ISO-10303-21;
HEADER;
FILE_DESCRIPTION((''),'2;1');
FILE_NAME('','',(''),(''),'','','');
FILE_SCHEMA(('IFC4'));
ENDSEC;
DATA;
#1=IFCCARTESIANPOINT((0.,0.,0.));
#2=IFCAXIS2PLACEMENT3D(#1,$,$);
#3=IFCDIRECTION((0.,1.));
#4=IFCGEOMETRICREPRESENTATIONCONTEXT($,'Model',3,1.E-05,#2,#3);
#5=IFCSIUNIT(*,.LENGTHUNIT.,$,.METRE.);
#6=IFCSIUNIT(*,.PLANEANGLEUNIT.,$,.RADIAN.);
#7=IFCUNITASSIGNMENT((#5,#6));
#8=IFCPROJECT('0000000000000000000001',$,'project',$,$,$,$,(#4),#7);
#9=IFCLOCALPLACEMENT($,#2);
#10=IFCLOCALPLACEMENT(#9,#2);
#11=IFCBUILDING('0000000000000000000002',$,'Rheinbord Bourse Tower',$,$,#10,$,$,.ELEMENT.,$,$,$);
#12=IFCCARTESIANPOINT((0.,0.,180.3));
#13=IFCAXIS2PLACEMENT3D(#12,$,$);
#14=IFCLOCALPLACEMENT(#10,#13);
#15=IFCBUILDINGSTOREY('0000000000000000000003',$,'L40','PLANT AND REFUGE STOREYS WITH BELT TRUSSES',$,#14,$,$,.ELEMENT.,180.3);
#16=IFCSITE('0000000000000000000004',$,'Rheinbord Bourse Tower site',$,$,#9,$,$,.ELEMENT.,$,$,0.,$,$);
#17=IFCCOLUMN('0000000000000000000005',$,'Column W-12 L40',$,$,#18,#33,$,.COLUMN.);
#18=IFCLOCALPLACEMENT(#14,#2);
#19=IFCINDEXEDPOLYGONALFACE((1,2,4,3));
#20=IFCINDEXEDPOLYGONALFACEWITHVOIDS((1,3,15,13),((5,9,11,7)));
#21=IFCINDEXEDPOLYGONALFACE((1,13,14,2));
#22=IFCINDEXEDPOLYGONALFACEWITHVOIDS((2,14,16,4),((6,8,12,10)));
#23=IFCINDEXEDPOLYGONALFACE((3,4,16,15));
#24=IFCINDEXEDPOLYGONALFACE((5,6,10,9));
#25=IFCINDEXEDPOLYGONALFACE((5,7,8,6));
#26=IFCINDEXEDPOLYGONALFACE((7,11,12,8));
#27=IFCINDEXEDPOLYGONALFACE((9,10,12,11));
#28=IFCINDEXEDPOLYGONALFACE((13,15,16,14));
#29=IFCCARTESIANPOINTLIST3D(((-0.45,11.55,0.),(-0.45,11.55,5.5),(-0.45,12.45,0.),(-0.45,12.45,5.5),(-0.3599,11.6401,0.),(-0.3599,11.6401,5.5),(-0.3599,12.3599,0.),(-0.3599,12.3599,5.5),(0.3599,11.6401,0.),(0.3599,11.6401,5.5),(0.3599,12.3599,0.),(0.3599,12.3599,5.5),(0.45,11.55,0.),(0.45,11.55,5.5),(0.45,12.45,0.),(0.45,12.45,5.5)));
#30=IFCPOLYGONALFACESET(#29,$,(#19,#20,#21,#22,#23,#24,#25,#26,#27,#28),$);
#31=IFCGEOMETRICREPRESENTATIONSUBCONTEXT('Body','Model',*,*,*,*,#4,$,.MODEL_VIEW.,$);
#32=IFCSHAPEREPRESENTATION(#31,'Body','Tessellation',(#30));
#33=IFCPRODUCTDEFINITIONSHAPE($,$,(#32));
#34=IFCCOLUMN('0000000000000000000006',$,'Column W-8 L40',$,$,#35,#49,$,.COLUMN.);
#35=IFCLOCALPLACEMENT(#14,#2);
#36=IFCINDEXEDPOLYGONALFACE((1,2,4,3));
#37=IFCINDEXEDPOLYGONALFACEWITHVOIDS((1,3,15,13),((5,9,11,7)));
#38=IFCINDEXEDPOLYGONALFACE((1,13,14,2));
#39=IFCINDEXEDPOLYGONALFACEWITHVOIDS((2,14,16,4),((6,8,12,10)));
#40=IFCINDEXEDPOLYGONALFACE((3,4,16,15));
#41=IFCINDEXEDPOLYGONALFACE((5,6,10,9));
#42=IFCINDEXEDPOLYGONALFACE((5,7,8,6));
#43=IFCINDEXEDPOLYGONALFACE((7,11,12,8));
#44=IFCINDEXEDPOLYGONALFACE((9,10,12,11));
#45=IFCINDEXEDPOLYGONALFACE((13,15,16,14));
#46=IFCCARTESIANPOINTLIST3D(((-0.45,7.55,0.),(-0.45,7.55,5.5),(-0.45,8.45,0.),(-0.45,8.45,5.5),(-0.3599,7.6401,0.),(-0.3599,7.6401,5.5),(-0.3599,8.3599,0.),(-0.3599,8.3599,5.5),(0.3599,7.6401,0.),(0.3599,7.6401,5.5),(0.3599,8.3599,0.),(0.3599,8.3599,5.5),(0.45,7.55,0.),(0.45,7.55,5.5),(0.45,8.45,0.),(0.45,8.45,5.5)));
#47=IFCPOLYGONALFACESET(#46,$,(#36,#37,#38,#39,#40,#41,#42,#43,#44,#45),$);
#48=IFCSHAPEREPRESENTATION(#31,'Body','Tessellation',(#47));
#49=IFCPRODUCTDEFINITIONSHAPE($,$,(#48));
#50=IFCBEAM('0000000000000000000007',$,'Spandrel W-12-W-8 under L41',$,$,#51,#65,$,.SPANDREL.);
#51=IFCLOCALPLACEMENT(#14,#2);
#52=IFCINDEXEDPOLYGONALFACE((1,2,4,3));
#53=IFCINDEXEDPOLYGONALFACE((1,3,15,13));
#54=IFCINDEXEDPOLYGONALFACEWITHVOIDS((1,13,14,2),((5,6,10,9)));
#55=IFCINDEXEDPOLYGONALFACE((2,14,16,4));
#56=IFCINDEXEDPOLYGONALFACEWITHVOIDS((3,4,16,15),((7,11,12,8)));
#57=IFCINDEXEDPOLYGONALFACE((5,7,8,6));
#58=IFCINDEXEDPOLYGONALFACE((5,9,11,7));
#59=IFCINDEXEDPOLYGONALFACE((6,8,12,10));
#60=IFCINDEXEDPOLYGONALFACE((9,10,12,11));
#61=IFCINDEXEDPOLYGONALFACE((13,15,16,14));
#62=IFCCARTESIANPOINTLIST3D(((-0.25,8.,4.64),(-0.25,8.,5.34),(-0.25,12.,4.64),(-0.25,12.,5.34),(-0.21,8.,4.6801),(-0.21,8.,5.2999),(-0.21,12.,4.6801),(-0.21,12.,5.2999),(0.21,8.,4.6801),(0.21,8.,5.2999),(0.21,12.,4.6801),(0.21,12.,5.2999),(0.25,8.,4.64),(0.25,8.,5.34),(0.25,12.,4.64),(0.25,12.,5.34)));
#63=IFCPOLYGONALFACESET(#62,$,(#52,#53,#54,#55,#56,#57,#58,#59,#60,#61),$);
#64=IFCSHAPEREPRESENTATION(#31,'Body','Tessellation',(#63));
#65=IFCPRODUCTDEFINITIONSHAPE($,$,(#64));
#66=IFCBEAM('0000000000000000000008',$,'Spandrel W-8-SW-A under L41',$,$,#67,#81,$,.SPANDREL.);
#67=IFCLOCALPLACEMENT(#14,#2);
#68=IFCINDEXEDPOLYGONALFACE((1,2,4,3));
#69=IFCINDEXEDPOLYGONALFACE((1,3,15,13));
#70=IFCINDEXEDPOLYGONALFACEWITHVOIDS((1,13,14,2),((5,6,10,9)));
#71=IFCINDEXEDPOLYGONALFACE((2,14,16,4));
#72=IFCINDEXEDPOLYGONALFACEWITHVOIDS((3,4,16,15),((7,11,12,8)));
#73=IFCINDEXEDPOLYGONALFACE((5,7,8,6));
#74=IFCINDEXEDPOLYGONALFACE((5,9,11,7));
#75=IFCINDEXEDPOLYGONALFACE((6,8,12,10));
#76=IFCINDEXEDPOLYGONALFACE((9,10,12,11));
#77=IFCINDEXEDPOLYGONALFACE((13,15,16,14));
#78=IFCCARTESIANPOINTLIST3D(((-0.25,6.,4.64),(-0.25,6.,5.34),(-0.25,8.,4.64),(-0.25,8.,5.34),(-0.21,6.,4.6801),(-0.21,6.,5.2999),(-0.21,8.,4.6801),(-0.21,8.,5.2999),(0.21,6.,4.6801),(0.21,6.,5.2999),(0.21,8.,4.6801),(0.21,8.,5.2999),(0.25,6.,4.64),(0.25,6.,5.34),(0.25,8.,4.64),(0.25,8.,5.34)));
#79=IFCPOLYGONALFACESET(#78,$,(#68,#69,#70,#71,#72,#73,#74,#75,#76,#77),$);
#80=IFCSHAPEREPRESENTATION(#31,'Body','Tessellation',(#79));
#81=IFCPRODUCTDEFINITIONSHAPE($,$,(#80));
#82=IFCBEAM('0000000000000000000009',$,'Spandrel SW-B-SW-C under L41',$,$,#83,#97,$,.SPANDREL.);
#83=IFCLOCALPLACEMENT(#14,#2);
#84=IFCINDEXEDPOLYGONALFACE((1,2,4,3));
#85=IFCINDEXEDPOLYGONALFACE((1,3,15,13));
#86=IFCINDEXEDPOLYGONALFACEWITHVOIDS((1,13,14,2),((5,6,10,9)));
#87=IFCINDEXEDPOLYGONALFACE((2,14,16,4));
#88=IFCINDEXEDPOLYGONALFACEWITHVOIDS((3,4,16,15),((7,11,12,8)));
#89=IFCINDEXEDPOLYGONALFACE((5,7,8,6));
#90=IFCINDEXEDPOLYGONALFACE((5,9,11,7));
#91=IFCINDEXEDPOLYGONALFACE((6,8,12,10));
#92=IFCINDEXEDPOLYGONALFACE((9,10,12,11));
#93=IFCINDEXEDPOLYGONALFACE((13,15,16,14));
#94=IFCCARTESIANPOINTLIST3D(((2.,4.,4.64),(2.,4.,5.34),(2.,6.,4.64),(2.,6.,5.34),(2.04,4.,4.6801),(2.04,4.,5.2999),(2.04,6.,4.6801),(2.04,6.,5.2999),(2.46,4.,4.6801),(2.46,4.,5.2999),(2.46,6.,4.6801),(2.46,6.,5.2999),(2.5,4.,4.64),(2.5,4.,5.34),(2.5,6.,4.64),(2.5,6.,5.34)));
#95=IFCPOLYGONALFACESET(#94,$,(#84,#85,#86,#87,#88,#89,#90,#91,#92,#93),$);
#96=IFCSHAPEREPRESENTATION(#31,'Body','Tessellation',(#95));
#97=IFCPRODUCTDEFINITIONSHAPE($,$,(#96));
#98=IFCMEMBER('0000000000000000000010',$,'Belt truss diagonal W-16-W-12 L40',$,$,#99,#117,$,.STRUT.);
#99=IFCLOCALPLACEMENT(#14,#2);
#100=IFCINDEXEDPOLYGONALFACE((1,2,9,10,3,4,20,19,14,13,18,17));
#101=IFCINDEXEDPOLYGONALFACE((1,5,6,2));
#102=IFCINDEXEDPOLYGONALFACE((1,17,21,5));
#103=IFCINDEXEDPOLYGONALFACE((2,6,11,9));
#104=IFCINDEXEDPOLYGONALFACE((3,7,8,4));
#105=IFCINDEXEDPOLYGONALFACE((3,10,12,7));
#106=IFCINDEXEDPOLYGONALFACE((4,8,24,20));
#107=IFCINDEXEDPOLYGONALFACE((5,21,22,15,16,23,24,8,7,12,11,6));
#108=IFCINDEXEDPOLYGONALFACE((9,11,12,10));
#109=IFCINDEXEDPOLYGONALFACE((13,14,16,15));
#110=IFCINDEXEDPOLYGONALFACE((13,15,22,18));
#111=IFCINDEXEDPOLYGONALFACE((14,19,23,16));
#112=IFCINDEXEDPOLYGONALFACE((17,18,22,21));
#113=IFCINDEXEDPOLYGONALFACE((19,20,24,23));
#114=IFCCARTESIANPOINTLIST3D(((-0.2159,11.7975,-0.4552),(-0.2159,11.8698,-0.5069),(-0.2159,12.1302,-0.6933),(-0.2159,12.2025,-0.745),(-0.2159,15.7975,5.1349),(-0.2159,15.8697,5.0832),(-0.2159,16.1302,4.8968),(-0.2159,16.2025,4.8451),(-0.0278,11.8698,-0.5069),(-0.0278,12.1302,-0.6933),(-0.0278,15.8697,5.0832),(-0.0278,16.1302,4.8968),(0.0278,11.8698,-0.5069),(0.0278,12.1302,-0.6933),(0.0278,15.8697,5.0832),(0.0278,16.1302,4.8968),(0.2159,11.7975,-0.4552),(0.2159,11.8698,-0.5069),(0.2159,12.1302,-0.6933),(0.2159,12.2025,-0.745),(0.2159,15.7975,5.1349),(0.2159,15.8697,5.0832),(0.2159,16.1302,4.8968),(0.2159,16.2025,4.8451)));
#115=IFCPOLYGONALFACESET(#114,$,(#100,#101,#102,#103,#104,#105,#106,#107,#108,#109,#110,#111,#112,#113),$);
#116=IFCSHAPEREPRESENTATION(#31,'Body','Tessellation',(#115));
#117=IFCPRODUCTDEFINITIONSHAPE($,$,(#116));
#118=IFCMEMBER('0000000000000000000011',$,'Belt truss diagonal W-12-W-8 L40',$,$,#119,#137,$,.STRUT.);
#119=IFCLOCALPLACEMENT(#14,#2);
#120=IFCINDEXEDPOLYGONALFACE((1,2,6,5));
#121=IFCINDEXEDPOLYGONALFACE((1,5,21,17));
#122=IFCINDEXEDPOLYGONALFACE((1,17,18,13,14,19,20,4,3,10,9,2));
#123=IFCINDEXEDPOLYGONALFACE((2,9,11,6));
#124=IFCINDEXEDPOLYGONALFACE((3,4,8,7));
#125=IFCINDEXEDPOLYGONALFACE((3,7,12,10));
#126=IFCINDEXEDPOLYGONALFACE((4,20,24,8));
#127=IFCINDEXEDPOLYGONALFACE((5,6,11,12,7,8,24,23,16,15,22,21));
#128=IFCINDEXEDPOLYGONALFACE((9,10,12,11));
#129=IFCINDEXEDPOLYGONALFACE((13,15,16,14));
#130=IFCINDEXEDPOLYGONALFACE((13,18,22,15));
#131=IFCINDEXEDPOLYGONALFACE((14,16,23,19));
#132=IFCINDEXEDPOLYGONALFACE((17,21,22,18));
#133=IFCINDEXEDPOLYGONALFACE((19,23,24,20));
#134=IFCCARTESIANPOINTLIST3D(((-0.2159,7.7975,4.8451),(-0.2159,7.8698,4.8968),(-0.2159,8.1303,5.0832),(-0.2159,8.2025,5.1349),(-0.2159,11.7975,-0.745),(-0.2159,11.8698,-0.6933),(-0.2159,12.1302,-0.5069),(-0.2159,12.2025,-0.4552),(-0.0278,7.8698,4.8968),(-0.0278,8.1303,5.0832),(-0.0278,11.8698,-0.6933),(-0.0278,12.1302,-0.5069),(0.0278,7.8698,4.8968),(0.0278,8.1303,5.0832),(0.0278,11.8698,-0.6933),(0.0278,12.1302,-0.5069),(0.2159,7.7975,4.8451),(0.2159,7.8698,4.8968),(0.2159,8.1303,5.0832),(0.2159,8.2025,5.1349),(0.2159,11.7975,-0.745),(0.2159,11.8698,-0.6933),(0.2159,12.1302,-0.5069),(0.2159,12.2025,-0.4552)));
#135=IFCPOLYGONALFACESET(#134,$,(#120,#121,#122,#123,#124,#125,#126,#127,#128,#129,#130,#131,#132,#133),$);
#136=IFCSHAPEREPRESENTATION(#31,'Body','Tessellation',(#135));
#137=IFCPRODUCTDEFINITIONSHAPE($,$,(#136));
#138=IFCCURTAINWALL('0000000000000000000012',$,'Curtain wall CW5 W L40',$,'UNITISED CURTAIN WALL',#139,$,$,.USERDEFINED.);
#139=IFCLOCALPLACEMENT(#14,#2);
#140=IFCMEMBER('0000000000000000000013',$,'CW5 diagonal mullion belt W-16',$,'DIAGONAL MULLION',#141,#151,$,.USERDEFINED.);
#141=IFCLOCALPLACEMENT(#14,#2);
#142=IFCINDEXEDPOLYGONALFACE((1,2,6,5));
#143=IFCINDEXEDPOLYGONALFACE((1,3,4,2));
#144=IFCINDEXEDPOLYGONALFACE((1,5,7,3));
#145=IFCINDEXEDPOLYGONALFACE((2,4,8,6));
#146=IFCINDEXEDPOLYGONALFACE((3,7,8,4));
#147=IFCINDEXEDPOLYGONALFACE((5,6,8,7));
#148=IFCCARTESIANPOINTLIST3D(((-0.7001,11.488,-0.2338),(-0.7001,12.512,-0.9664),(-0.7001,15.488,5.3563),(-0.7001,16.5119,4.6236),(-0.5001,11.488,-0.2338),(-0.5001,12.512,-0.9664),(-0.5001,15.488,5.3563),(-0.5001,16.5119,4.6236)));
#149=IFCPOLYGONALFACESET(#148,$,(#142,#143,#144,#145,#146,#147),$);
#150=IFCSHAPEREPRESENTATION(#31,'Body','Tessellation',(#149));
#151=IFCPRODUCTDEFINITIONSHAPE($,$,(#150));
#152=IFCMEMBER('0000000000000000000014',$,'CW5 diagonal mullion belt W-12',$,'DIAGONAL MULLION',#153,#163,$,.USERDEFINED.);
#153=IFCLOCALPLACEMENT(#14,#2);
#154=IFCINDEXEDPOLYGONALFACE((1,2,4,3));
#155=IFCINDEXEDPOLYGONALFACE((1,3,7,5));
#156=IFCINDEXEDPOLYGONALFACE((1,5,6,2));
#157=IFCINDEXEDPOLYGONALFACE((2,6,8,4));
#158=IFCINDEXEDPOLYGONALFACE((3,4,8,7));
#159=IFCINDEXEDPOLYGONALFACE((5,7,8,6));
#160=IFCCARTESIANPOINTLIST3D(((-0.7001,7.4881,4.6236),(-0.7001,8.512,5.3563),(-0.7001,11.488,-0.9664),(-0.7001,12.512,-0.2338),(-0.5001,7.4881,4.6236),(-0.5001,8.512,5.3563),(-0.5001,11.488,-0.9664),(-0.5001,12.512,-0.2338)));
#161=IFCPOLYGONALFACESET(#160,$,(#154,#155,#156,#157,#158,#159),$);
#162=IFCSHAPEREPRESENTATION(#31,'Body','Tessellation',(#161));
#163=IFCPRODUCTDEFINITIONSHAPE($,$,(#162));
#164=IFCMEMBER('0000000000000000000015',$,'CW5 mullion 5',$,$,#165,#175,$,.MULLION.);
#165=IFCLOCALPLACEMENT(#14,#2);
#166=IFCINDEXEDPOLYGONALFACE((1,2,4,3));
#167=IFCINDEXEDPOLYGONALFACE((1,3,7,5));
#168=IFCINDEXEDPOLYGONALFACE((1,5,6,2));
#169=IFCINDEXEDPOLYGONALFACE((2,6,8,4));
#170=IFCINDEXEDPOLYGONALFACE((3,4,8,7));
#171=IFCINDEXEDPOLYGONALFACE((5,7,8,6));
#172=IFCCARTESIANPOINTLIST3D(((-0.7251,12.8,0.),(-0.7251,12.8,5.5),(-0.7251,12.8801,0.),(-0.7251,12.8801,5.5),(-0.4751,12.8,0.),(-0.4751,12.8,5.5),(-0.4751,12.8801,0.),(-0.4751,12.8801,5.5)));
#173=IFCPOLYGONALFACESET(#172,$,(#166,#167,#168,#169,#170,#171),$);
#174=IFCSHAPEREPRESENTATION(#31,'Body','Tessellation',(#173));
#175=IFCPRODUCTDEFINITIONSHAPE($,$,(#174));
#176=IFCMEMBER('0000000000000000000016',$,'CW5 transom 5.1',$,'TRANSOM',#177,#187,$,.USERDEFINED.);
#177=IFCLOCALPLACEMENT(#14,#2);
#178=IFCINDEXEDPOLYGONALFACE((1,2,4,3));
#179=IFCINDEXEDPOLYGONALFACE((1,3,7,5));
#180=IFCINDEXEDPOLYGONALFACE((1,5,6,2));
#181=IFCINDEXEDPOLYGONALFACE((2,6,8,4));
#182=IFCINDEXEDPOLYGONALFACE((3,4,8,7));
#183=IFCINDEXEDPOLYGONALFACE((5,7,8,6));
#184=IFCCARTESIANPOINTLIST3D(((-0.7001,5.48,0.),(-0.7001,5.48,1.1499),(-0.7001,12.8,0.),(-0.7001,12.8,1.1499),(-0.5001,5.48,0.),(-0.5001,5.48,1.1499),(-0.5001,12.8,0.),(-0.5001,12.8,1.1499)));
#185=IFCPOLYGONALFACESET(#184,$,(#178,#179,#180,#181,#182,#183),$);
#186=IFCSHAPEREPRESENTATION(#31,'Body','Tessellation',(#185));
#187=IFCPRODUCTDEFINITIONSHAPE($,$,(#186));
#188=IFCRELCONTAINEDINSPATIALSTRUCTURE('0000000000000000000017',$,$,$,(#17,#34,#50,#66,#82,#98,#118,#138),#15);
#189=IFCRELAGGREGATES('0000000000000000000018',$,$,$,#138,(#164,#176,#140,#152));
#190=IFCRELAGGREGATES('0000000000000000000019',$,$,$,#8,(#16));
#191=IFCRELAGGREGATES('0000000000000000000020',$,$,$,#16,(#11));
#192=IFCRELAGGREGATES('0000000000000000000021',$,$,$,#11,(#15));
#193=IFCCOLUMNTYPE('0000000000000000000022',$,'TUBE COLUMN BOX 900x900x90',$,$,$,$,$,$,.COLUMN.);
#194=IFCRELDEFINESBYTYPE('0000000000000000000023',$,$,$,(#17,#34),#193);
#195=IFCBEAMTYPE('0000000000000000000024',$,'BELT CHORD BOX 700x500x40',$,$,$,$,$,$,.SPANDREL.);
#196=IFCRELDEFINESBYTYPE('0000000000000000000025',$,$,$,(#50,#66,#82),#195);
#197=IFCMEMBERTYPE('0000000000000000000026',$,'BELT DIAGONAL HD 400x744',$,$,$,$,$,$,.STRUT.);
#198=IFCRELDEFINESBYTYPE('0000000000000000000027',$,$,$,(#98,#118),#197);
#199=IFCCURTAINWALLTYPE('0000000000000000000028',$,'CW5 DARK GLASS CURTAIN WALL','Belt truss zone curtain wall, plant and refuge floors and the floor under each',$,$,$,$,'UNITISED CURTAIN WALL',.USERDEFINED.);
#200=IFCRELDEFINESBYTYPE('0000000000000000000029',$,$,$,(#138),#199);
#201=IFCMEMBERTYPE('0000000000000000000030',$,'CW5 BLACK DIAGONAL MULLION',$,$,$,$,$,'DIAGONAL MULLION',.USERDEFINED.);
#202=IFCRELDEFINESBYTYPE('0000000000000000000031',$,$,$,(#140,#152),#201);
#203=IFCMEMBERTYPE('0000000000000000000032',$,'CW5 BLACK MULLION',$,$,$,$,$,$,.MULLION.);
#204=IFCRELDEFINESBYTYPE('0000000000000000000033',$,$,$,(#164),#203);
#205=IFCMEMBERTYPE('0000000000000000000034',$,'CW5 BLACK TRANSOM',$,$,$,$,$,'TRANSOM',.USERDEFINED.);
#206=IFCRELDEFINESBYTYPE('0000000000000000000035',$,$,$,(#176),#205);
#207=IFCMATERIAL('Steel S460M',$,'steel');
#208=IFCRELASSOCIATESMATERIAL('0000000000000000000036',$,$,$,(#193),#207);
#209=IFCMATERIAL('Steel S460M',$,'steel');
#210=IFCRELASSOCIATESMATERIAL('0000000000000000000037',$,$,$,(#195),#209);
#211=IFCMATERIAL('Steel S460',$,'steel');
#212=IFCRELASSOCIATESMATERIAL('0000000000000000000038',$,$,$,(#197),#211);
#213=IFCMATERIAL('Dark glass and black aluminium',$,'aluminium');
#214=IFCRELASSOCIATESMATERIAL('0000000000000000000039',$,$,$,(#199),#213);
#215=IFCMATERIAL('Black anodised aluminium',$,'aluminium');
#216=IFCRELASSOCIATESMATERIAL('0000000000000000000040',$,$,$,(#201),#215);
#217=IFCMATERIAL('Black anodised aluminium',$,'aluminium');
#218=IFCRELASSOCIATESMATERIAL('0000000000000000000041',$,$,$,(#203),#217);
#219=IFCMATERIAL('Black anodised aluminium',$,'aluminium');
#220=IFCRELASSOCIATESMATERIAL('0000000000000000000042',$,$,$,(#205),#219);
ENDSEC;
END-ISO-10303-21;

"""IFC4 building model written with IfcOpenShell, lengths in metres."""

from ifc_helpers import new_model, si_unit, direction, frame, origin, origin_2d, place, context, subcontext, project, spatial, rectangle, hollow_rectangle, i_section, extrude, material, material_profile, profile_set, type_object, element, aggregate, save


model = new_model("IFC4")

# Units and contexts
model_context = context("Model", 3, precision=1e-05, world=origin(), true_north=direction((0.0, 1.0)))
body_context = subcontext(model_context, "Body", "Model", "MODEL_VIEW")
ifc_project = project(units=[si_unit("LENGTHUNIT", "METRE"), si_unit("PLANEANGLEUNIT", "RADIAN")], contexts=[model_context])

# Site, building, storey
site_placement = place(None, origin())
site = spatial("IfcSite", under=ifc_project, at=site_placement, Name="Rheinbord Bourse Tower site", CompositionType="ELEMENT", RefElevation=0.0)
building_placement = place(site_placement, origin())
building = spatial("IfcBuilding", under=site, at=building_placement, Name="Rheinbord Bourse Tower", CompositionType="ELEMENT")
storey_placement = place(building_placement, frame((0.0, 0.0, 180.3)))
storey = spatial("IfcBuildingStorey", under=building, at=storey_placement, Name="L40", Description="PLANT AND REFUGE STOREYS WITH BELT TRUSSES", CompositionType="ELEMENT", Elevation=180.3)

# Columns
ifc_material_1 = material(Name="Steel S460M", Category="steel")
ifc_material_profile_1 = material_profile(ifc_material_1, hollow_rectangle(XDim=0.8999, YDim=0.8999, WallThickness=0.0901, at=origin_2d()), Name="BOX 900x900x90")
ifc_profile_set_1 = profile_set([ifc_material_profile_1], Name="Steel S460M")
column_type = type_object("IfcColumnType", Name="TUBE COLUMN BOX 900x900x90", PredefinedType="COLUMN", material=ifc_profile_set_1)
for number, where, z_axis, x_axis, name in (
    (1, (0.0, 12.0, 0.0), (0.0, 0.0, 1.0), (1.0, 0.0, 0.0), "Column W-12 L40"),
    (2, (0.0, 8.0, 0.0), (0.0, 0.0, 1.0), (1.0, 0.0, 0.0), "Column W-8 L40"),
):
    element("IfcColumn", number, at=place(storey_placement, frame(where, z_axis=z_axis, x_axis=x_axis)), inside=storey, type_object=column_type, Name=name, PredefinedType="COLUMN", context=body_context, shape_type="SweptSolid", body=[
        extrude(hollow_rectangle(XDim=0.8999, YDim=0.8999, WallThickness=0.0901, at=origin_2d()), origin(), (0.0, 0.0, 1.0), 5.5),
    ])

# Beams
ifc_material_2 = material(Name="Steel S460M", Category="steel")
ifc_material_profile_2 = material_profile(ifc_material_2, hollow_rectangle(XDim=0.5, YDim=0.7, WallThickness=0.04, at=origin_2d()), Name="BOX 700x500x40")
ifc_profile_set_2 = profile_set([ifc_material_profile_2], Name="Steel S460M")
beam_type_1 = type_object("IfcBeamType", Name="BELT CHORD BOX 700x500x40", PredefinedType="SPANDREL", material=ifc_profile_set_2)
beam_placement = place(storey_placement, frame((0.0, 12.0, 4.99), z_axis=(0.0, -1.0, 0.0), x_axis=(1.0, 0.0, 0.0)))
element("IfcBeam", 3, at=beam_placement, inside=storey, type_object=beam_type_1, Name="Spandrel W-12-W-8 under L41", PredefinedType="SPANDREL", context=body_context, shape_type="SweptSolid", body=[
    extrude(hollow_rectangle(XDim=0.5, YDim=0.7, WallThickness=0.04, at=origin_2d()), origin(), (0.0, 0.0, 1.0), 4.0),
])
for number, where, z_axis, x_axis, name in (
    (4, (0.0, 8.0, 4.99), (0.0, -1.0, 0.0), (1.0, 0.0, 0.0), "Spandrel W-8-SW-A under L41"),
    (5, (2.25, 6.0, 4.99), (0.0, -1.0, 0.0), (1.0, 0.0, 0.0), "Spandrel SW-B-SW-C under L41"),
):
    element("IfcBeam", number, at=place(storey_placement, frame(where, z_axis=z_axis, x_axis=x_axis)), inside=storey, type_object=beam_type_1, Name=name, PredefinedType="SPANDREL", context=body_context, shape_type="SweptSolid", body=[
        extrude(hollow_rectangle(XDim=0.5, YDim=0.7, WallThickness=0.04, at=origin_2d()), origin(), (0.0, 0.0, 1.0), 2.0),
    ])

# Members
ifc_material_3 = material(Name="Steel S460", Category="steel")
ifc_material_profile_3 = material_profile(ifc_material_3, i_section(OverallWidth=0.4319, OverallDepth=0.498, WebThickness=0.0557, FlangeThickness=0.0889, at=origin_2d()), Name="HD 400x744")
ifc_profile_set_3 = profile_set([ifc_material_profile_3], Name="Steel S460")
member_type_1 = type_object("IfcMemberType", Name="BELT DIAGONAL HD 400x744", PredefinedType="STRUT", material=ifc_profile_set_3)
for number, where, z_axis, x_axis, name in (
    (6, (0.0, 12.0, -0.6001), (0.0, 0.58192, 0.813246), (-1.0, 0.0, 0.0), "Belt truss diagonal W-16-W-12 L40"),
    (7, (0.0, 12.0, -0.6001), (0.0, -0.58192, 0.813246), (1.0, 0.0, 0.0), "Belt truss diagonal W-12-W-8 L40"),
):
    element("IfcMember", number, at=place(storey_placement, frame(where, z_axis=z_axis, x_axis=x_axis)), inside=storey, type_object=member_type_1, Name=name, PredefinedType="STRUT", context=body_context, shape_type="SweptSolid", body=[
        extrude(i_section(OverallWidth=0.4319, OverallDepth=0.498, WebThickness=0.0557, FlangeThickness=0.0889, at=origin_2d()), origin(), (0.0, 0.0, 1.0), 6.8738),
    ])

# Curtain wall, members
ifc_material_4 = material(Name="Dark glass and black aluminium", Category="aluminium")
curtain_wall_type = type_object("IfcCurtainWallType", Name="CW5 DARK GLASS CURTAIN WALL", Description="Belt truss zone curtain wall, plant and refuge floors and the floor under each", ElementType="UNITISED CURTAIN WALL", PredefinedType="USERDEFINED", material=ifc_material_4)
curtain_wall_placement = place(storey_placement, origin())
curtain_wall = element("IfcCurtainWall", 8, at=curtain_wall_placement, inside=storey, type_object=curtain_wall_type, Name="Curtain wall CW5 W L40", ObjectType="UNITISED CURTAIN WALL", PredefinedType="USERDEFINED")
ifc_material_5 = material(Name="Black anodised aluminium", Category="aluminium")
ifc_material_profile_4 = material_profile(ifc_material_5, rectangle(XDim=0.2, YDim=1.259, at=origin_2d()), Name="CW5 DIAGONAL MULLION 1259x200")
ifc_profile_set_4 = profile_set([ifc_material_profile_4], Name="Black anodised aluminium")
member_type_2 = type_object("IfcMemberType", Name="CW5 BLACK DIAGONAL MULLION", ElementType="DIAGONAL MULLION", PredefinedType="USERDEFINED", material=ifc_profile_set_4)
member_1_placement = place(storey_placement, frame((-0.6001, 12.0, -0.6001), z_axis=(0.0, 0.58192, 0.813246), x_axis=(-1.0, 0.0, 0.0)))
member_1 = element("IfcMember", 9, at=member_1_placement, type_object=member_type_2, Name="CW5 diagonal mullion belt W-16", ObjectType="DIAGONAL MULLION", PredefinedType="USERDEFINED", context=body_context, shape_type="SweptSolid", body=[
    extrude(rectangle(XDim=0.2, YDim=1.259, at=origin_2d()), origin(), (0.0, 0.0, 1.0), 6.8738),
])
member_2_placement = place(storey_placement, frame((-0.6001, 12.0, -0.6001), z_axis=(0.0, -0.58192, 0.813246), x_axis=(1.0, 0.0, 0.0)))
member_2 = element("IfcMember", 10, at=member_2_placement, type_object=member_type_2, Name="CW5 diagonal mullion belt W-12", ObjectType="DIAGONAL MULLION", PredefinedType="USERDEFINED", context=body_context, shape_type="SweptSolid", body=[
    extrude(rectangle(XDim=0.2, YDim=1.259, at=origin_2d()), origin(), (0.0, 0.0, 1.0), 6.8738),
])
ifc_material_6 = material(Name="Black anodised aluminium", Category="aluminium")
ifc_material_profile_5 = material_profile(ifc_material_6, rectangle(XDim=0.25, YDim=0.0801, at=origin_2d()), Name="CW5 MULLION 80x250")
ifc_profile_set_5 = profile_set([ifc_material_profile_5], Name="Black anodised aluminium")
member_type_3 = type_object("IfcMemberType", Name="CW5 BLACK MULLION", PredefinedType="MULLION", material=ifc_profile_set_5)
member_3_placement = place(storey_placement, frame((-0.6001, 12.8401, 0.0), z_axis=(0.0, 0.0, 1.0), x_axis=(1.0, 0.0, 0.0)))
member_3 = element("IfcMember", 11, at=member_3_placement, type_object=member_type_3, Name="CW5 mullion 5", PredefinedType="MULLION", context=body_context, shape_type="SweptSolid", body=[
    extrude(rectangle(XDim=0.25, YDim=0.0801, at=origin_2d()), origin(), (0.0, 0.0, 1.0), 5.5),
])
ifc_material_7 = material(Name="Black anodised aluminium", Category="aluminium")
ifc_material_profile_6 = material_profile(ifc_material_7, rectangle(XDim=0.2, YDim=1.1499, at=origin_2d()), Name="CW5 TRANSOM 1150x200")
ifc_profile_set_6 = profile_set([ifc_material_profile_6], Name="Black anodised aluminium")
member_type_4 = type_object("IfcMemberType", Name="CW5 BLACK TRANSOM", ElementType="TRANSOM", PredefinedType="USERDEFINED", material=ifc_profile_set_6)
member_4_placement = place(storey_placement, frame((-0.6001, 12.8, 0.575), z_axis=(0.0, -1.0, 0.0), x_axis=(1.0, 0.0, 0.0)))
member_4 = element("IfcMember", 12, at=member_4_placement, type_object=member_type_4, Name="CW5 transom 5.1", ObjectType="TRANSOM", PredefinedType="USERDEFINED", context=body_context, shape_type="SweptSolid", body=[
    extrude(rectangle(XDim=0.2, YDim=1.1499, at=origin_2d()), origin(), (0.0, 0.0, 1.0), 7.3201),
])

aggregate(curtain_wall, [member_3, member_4, member_1, member_2])

save(model, "model.ifc")
